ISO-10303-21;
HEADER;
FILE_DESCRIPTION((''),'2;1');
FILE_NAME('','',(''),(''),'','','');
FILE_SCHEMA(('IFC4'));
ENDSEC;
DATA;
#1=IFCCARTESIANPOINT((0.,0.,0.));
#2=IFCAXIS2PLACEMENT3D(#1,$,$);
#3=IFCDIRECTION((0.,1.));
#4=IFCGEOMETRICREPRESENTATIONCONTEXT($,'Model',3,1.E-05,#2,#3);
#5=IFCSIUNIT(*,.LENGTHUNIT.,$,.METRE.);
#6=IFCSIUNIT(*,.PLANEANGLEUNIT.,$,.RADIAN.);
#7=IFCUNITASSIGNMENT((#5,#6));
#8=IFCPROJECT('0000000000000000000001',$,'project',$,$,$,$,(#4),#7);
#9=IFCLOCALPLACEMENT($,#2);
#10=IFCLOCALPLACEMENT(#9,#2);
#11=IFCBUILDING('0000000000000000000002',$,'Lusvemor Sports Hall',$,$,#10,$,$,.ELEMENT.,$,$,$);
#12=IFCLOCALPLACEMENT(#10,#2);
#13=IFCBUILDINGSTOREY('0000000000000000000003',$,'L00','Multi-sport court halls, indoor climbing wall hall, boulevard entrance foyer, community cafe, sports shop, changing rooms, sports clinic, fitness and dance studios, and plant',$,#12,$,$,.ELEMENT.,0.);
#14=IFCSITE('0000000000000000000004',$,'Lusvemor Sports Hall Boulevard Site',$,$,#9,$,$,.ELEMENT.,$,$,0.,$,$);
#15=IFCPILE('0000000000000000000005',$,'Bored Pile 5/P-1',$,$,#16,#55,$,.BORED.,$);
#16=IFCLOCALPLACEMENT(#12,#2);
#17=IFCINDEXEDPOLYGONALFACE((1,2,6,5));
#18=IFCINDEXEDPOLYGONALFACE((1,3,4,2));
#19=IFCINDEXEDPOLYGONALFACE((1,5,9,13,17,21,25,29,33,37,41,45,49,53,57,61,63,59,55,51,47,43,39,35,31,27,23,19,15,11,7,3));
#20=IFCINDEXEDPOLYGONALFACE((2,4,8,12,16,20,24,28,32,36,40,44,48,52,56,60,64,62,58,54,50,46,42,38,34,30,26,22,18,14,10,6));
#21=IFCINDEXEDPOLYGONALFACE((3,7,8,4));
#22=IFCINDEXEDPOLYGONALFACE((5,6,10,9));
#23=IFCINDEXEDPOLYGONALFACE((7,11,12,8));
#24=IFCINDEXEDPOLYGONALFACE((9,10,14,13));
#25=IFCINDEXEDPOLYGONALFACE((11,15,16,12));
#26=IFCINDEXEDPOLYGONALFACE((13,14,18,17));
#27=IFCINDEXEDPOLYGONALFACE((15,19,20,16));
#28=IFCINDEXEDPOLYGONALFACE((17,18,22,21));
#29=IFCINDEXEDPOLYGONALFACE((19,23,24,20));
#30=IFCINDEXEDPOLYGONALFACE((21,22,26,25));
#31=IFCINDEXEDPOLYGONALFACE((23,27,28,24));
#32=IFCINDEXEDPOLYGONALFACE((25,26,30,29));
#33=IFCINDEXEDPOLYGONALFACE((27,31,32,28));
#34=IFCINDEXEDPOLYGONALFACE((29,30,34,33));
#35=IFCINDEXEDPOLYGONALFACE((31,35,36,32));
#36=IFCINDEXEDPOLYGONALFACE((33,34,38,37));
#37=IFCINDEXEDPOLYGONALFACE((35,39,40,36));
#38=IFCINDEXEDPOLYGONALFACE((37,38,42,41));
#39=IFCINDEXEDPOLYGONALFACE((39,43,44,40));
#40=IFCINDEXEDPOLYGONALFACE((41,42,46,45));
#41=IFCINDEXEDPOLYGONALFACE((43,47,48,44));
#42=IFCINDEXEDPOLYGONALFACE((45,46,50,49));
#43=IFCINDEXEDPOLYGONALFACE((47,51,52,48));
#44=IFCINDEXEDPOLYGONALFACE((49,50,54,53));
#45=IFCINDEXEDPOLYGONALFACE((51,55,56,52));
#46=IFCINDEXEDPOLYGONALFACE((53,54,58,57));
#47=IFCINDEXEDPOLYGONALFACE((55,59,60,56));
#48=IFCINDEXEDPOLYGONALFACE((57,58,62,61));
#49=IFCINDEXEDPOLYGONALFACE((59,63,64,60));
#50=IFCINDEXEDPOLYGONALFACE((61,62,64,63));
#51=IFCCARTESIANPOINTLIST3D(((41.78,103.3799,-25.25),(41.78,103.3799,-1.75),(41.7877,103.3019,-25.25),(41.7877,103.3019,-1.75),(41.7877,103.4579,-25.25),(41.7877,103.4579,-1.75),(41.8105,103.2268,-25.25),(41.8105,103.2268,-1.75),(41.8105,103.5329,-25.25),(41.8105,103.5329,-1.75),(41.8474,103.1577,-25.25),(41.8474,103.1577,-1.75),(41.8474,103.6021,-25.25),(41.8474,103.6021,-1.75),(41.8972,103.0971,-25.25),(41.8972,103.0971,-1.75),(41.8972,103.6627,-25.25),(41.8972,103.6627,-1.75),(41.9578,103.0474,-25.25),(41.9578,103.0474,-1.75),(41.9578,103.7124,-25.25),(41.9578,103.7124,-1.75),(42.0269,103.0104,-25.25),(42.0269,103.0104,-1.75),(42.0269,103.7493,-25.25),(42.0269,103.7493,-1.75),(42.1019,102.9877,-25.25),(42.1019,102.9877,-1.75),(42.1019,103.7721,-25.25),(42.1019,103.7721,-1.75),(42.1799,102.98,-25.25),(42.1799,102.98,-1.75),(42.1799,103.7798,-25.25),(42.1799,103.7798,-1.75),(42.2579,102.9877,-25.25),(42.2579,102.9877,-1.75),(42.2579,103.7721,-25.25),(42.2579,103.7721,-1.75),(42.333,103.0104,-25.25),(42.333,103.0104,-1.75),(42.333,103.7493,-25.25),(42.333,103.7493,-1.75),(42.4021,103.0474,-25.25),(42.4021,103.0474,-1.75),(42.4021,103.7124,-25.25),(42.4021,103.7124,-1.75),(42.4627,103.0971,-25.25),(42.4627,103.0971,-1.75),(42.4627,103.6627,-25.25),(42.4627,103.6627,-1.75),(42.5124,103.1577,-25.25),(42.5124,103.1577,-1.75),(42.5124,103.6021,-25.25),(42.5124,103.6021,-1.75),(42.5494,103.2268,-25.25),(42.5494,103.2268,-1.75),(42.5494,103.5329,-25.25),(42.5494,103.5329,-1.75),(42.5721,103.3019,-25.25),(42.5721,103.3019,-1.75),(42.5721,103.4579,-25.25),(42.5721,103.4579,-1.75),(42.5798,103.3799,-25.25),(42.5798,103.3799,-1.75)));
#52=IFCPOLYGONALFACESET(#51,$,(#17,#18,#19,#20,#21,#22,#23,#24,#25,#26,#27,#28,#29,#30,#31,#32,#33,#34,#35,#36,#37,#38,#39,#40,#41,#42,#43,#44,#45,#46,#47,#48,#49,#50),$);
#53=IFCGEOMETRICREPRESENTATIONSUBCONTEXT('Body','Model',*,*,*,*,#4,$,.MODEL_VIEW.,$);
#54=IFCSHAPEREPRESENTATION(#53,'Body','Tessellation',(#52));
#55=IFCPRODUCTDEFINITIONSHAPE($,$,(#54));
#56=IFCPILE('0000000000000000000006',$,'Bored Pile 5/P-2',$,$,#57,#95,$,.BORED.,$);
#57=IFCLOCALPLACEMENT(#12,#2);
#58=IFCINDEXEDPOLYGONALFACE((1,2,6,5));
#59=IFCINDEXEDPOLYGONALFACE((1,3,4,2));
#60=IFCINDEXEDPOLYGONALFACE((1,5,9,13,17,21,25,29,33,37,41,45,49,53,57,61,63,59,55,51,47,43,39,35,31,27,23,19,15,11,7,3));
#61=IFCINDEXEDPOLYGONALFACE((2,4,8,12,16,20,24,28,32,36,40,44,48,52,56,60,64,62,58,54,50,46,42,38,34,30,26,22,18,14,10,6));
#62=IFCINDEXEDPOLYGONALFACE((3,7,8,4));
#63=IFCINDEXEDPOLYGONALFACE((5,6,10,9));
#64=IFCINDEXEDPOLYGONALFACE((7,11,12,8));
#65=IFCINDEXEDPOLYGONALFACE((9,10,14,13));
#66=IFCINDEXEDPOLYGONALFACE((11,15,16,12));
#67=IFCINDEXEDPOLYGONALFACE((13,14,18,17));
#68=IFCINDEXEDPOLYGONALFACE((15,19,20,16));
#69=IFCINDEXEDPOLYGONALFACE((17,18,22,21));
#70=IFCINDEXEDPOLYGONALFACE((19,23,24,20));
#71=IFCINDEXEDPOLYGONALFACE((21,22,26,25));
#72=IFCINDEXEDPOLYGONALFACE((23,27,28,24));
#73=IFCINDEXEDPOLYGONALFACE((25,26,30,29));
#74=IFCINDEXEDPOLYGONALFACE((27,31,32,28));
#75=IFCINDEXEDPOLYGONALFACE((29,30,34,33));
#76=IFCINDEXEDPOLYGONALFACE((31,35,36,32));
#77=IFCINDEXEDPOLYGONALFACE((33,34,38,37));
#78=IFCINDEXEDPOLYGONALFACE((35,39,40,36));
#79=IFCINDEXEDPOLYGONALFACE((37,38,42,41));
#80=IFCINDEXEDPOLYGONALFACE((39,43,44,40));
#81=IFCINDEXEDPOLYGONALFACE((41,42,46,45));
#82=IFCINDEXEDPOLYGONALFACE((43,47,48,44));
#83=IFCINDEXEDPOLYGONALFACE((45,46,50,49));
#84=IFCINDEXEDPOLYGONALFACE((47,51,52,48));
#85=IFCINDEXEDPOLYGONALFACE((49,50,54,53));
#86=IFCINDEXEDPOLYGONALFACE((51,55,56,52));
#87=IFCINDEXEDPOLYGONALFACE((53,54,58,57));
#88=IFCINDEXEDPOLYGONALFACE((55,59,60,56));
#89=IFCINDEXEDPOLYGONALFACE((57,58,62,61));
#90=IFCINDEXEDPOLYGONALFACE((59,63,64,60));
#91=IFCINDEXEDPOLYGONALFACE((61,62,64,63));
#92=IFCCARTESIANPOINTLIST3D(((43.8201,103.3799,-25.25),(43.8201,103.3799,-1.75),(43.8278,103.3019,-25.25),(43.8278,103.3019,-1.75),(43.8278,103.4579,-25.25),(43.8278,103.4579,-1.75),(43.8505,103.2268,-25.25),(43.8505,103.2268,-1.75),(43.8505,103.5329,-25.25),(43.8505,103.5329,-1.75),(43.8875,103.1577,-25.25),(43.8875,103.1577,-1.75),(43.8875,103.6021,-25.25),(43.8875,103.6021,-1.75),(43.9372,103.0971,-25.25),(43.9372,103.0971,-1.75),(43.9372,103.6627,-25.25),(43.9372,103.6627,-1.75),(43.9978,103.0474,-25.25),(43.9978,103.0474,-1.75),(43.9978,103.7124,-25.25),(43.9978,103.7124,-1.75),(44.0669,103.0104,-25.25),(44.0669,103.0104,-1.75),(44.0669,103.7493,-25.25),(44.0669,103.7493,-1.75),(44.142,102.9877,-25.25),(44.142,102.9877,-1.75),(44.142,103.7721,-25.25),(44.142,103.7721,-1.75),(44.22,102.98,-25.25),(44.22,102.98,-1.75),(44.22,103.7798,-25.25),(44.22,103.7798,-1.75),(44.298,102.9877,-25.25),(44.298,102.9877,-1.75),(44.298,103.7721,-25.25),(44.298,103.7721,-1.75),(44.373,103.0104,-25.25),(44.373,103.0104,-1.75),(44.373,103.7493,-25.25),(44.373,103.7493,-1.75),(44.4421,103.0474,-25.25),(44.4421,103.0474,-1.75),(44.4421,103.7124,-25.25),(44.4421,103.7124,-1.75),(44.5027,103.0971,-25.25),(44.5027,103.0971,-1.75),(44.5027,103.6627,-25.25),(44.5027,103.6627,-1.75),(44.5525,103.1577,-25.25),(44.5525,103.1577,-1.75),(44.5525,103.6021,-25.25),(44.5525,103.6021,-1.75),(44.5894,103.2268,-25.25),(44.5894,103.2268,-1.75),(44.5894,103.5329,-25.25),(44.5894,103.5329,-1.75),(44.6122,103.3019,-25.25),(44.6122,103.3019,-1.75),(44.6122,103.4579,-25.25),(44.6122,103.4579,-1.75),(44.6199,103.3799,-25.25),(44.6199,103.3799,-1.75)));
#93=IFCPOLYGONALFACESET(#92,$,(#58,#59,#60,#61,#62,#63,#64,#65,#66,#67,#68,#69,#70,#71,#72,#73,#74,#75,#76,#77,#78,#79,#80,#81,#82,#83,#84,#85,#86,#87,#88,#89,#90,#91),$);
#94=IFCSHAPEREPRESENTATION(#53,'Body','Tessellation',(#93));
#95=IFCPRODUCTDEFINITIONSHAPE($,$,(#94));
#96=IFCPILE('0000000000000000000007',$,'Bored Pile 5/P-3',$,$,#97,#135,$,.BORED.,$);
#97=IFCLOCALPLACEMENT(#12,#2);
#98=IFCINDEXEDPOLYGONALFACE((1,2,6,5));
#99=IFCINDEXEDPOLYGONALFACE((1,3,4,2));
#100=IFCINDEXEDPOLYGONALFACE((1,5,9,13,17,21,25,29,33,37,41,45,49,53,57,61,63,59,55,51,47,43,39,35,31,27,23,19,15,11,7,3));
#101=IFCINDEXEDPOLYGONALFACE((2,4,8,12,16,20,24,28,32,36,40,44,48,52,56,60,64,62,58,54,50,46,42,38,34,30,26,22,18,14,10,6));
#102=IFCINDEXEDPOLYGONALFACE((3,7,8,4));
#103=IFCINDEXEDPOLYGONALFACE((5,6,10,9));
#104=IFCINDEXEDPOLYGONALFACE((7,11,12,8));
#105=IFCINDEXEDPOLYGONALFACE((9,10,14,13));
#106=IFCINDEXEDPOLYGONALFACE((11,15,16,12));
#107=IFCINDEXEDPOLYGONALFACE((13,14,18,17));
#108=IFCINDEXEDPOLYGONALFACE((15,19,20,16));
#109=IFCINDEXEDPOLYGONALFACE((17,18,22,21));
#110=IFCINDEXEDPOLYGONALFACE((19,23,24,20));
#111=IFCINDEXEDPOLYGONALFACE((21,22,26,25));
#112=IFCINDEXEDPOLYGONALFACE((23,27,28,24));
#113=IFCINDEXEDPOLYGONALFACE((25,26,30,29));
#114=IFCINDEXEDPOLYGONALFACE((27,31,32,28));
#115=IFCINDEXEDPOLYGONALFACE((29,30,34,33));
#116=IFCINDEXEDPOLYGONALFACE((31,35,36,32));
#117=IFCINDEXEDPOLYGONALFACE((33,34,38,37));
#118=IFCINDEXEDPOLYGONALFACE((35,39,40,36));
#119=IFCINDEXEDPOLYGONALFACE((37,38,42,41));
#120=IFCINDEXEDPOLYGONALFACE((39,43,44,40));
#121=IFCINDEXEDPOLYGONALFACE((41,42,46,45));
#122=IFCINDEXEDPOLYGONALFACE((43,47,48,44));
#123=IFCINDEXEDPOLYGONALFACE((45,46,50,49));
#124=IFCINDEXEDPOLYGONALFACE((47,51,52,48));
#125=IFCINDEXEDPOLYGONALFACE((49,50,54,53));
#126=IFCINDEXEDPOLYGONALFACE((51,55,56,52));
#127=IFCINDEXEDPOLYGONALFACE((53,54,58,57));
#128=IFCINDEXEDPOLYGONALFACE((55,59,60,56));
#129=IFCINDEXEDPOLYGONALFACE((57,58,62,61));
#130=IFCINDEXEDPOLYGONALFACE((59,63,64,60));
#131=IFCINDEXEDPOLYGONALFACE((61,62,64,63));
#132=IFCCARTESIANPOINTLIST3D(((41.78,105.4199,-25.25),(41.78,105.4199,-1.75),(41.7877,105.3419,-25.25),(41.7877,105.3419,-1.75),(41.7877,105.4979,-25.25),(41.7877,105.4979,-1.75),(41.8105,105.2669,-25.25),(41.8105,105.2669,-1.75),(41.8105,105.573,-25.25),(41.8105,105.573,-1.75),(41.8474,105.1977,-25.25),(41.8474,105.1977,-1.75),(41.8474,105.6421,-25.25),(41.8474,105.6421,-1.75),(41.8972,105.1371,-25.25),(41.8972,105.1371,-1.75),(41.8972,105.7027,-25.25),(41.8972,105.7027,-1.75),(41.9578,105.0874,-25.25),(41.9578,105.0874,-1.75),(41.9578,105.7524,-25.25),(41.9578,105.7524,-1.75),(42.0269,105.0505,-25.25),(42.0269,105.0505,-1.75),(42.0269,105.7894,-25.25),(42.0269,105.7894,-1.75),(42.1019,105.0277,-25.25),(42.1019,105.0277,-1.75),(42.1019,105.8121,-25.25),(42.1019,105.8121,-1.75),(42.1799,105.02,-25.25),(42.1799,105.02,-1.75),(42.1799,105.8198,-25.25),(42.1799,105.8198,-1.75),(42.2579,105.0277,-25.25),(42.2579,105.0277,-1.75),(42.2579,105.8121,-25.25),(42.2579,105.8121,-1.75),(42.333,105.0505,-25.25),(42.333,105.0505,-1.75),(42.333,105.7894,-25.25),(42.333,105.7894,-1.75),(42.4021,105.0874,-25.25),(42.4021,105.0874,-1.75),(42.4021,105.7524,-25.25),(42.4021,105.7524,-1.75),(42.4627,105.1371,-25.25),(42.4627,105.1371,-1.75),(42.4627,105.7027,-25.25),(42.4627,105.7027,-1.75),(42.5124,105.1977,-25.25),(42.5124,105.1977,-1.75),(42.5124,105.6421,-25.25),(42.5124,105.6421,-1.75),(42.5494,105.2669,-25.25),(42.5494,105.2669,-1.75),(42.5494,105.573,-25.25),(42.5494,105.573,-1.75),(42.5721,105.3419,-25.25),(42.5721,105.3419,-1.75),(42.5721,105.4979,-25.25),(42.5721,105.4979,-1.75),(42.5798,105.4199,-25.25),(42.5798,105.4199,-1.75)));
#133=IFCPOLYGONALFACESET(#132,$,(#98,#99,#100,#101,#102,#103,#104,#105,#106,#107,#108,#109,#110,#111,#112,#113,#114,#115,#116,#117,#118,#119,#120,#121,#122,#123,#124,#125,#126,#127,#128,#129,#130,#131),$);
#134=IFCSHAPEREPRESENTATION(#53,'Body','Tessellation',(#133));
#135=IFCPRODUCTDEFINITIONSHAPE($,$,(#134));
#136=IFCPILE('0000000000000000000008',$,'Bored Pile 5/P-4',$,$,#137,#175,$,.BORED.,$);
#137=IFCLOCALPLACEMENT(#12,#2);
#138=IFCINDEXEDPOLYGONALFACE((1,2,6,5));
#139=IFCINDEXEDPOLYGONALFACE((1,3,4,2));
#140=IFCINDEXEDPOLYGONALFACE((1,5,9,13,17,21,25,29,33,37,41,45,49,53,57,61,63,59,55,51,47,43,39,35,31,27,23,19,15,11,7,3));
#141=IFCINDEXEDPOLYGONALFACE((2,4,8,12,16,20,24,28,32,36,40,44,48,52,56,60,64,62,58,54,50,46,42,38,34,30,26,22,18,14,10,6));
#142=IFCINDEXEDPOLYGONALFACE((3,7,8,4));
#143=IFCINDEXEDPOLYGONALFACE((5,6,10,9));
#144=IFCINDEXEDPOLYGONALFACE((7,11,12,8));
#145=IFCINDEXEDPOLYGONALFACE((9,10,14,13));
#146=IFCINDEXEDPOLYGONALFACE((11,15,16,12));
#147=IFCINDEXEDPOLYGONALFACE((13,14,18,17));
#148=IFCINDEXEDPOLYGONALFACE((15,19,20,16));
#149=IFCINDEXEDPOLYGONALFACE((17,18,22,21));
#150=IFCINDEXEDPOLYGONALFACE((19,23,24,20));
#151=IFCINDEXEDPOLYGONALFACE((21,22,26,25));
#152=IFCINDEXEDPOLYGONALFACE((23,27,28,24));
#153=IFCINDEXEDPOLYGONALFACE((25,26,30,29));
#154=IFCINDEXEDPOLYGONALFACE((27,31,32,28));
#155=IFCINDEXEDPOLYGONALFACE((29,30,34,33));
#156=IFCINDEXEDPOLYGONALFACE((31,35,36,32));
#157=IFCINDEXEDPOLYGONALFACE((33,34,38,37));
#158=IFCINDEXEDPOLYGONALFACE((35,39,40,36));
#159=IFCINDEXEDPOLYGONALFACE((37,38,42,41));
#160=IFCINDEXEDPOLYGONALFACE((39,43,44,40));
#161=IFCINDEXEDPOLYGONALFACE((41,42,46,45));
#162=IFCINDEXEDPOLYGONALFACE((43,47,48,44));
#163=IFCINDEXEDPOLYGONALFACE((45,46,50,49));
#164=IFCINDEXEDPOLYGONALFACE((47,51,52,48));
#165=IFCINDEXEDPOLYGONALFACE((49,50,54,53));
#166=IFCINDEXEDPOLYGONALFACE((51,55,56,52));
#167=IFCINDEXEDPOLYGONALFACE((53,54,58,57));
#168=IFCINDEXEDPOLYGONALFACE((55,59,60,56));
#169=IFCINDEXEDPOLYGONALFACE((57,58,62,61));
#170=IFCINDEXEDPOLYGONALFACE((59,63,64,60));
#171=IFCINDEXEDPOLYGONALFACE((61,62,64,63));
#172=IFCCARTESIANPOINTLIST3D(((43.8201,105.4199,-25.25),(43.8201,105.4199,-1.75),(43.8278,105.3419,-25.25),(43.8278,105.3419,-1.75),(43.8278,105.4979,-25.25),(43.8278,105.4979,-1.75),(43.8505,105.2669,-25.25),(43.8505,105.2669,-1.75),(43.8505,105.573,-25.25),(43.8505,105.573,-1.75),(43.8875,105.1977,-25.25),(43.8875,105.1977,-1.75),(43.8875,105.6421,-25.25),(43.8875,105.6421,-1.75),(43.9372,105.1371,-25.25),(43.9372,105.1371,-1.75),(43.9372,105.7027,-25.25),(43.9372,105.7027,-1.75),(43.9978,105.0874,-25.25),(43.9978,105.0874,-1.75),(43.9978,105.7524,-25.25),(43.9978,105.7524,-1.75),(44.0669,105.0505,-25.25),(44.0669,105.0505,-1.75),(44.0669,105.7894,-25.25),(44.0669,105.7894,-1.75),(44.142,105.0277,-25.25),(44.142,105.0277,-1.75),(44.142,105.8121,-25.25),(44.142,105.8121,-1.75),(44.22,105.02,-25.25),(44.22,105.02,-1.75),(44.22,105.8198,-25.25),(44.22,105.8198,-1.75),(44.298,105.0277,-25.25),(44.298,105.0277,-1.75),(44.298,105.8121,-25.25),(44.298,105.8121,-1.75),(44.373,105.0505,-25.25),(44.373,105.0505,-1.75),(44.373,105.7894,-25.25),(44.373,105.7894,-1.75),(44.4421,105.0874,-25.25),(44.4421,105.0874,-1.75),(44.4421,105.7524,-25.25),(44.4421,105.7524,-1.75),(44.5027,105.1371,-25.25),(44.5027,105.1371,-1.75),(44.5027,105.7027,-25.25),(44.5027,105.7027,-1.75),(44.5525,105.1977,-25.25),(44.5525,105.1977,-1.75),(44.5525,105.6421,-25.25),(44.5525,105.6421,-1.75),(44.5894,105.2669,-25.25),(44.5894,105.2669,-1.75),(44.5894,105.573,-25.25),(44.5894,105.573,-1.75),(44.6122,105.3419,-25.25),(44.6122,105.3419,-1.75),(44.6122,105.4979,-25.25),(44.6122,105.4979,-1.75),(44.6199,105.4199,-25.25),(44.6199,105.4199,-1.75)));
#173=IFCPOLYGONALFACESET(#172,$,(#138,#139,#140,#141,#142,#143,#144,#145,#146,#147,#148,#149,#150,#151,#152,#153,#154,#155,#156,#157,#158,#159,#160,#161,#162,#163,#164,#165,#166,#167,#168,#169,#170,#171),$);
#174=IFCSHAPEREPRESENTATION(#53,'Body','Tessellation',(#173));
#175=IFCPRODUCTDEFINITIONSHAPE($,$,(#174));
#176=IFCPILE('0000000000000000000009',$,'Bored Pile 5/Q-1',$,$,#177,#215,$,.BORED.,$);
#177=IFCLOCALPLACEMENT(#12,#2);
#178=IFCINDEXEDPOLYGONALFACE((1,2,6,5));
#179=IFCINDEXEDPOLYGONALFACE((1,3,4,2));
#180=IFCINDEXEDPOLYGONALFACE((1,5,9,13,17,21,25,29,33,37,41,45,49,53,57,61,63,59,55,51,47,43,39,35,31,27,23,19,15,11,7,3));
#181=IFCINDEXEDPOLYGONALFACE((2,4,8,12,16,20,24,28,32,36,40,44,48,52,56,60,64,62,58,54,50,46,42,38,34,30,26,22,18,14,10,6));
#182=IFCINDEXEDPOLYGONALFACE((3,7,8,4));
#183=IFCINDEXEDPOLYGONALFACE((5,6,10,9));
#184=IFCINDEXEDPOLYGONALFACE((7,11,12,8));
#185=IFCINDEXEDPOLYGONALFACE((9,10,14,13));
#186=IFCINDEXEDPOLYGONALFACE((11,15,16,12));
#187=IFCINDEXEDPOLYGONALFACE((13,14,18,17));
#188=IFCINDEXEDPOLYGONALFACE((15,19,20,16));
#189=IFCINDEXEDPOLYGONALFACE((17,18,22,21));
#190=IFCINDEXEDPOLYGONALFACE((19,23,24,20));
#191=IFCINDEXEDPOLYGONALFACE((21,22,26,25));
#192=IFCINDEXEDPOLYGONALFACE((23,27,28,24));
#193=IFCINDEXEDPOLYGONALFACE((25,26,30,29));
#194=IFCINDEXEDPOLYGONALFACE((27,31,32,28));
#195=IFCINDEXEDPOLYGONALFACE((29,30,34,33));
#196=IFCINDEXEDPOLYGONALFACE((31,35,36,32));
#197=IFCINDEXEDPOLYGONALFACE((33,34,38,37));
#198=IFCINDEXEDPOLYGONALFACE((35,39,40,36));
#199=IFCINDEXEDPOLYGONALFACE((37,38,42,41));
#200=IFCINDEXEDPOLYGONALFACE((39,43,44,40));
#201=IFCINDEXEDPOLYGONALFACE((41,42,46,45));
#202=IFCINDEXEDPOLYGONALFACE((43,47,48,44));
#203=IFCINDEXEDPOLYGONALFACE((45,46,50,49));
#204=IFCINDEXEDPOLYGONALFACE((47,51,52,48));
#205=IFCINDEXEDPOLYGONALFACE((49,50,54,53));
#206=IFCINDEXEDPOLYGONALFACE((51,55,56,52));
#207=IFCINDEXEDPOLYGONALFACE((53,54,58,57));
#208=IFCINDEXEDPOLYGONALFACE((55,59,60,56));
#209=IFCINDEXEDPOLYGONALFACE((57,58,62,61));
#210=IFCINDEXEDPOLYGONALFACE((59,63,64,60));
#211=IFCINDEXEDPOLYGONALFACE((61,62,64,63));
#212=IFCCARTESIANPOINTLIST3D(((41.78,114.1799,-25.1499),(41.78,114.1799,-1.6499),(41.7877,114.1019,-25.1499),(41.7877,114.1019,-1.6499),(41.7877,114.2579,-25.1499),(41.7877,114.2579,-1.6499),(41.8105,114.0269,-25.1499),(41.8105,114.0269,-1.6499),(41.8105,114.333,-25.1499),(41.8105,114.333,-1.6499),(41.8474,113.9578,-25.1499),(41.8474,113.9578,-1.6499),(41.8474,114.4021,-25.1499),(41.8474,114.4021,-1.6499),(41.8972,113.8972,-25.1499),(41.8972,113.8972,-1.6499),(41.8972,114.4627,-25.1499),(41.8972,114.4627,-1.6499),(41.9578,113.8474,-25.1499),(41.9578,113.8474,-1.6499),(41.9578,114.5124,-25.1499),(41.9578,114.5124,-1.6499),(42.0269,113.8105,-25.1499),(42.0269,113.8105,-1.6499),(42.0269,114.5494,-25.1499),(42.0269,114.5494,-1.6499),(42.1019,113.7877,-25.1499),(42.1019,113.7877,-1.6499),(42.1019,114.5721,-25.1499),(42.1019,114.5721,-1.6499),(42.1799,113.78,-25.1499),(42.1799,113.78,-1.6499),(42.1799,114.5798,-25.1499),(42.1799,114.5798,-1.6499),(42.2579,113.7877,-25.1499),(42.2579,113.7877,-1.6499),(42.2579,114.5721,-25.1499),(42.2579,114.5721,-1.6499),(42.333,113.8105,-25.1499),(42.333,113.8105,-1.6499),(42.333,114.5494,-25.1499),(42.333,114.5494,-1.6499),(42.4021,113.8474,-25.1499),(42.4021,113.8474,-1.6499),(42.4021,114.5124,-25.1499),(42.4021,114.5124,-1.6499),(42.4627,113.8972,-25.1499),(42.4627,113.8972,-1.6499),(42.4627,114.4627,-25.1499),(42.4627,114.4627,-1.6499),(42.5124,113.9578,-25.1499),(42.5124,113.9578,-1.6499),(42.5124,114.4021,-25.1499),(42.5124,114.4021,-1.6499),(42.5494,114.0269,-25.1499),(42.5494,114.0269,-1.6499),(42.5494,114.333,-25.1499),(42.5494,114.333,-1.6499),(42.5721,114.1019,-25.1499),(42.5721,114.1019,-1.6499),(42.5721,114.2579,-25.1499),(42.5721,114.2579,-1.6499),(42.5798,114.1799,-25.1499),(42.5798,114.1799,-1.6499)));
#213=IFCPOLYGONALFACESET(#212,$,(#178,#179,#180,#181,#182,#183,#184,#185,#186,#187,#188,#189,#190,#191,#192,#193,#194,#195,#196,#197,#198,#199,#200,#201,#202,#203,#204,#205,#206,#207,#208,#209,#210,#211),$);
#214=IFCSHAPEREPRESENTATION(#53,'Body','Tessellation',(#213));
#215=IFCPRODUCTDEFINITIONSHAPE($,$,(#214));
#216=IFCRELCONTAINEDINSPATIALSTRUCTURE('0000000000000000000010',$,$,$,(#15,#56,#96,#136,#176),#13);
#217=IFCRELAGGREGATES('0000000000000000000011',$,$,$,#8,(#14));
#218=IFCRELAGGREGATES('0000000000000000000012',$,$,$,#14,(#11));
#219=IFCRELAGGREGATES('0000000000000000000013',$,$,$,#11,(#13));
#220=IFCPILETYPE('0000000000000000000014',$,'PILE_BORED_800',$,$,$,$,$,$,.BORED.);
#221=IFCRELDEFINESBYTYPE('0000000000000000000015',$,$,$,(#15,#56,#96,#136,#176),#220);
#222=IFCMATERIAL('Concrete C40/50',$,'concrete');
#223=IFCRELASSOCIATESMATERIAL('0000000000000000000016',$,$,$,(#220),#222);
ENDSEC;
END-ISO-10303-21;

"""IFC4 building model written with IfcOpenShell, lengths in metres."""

from ifc_helpers import new_model, si_unit, direction, frame, origin, origin_2d, place, context, subcontext, project, spatial, circle, extrude, material, material_profile, profile_set, type_object, element, save


model = new_model("IFC4")

# Units and contexts
model_context = context("Model", 3, precision=1e-05, world=origin(), true_north=direction((0.0, 1.0)))
body_context = subcontext(model_context, "Body", "Model", "MODEL_VIEW")
ifc_project = project(units=[si_unit("LENGTHUNIT", "METRE"), si_unit("PLANEANGLEUNIT", "RADIAN")], contexts=[model_context])

# Site, building, storey
site_placement = place(None, origin())
site = spatial("IfcSite", under=ifc_project, at=site_placement, Name="Lusvemor Sports Hall Boulevard Site", CompositionType="ELEMENT", RefElevation=0.0)
building_placement = place(site_placement, origin())
building = spatial("IfcBuilding", under=site, at=building_placement, Name="Lusvemor Sports Hall", CompositionType="ELEMENT")
storey_placement = place(building_placement, origin())
storey = spatial("IfcBuildingStorey", under=building, at=storey_placement, Name="L00", Description="Multi-sport court halls, indoor climbing wall hall, boulevard entrance foyer, community cafe, sports shop, changing rooms, sports clinic, fitness and dance studios, and plant", CompositionType="ELEMENT", Elevation=0.0)

# Piles
ifc_material_1 = material(Name="Concrete C40/50", Category="concrete")
ifc_material_profile_1 = material_profile(ifc_material_1, circle(Radius=0.3999, at=origin_2d()), Name="PILE800")
ifc_profile_set_1 = profile_set([ifc_material_profile_1], Name="Concrete C40/50")
pile_type = type_object("IfcPileType", Name="PILE_BORED_800", PredefinedType="BORED", material=ifc_profile_set_1)
for number, where, z_axis, x_axis, name in (
    (1, (42.1799, 103.3799, -1.75), (0.0, 0.0, -1.0), (1.0, 0.0, 0.0), "Bored Pile 5/P-1"),
    (2, (44.22, 103.3799, -1.75), (0.0, 0.0, -1.0), (1.0, 0.0, 0.0), "Bored Pile 5/P-2"),
    (3, (42.1799, 105.4199, -1.75), (0.0, 0.0, -1.0), (1.0, 0.0, 0.0), "Bored Pile 5/P-3"),
    (4, (44.22, 105.4199, -1.75), (0.0, 0.0, -1.0), (1.0, 0.0, 0.0), "Bored Pile 5/P-4"),
    (5, (42.1799, 114.1799, -1.6499), (0.0, 0.0, -1.0), (1.0, 0.0, 0.0), "Bored Pile 5/Q-1"),
):
    element("IfcPile", number, at=place(storey_placement, frame(where, z_axis=z_axis, x_axis=x_axis)), inside=storey, type_object=pile_type, Name=name, PredefinedType="BORED", context=body_context, shape_type="SweptSolid", body=[
        extrude(circle(Radius=0.3999, at=origin_2d()), origin(), (0.0, 0.0, 1.0), 23.5),
    ])

save(model, "model.ifc")
